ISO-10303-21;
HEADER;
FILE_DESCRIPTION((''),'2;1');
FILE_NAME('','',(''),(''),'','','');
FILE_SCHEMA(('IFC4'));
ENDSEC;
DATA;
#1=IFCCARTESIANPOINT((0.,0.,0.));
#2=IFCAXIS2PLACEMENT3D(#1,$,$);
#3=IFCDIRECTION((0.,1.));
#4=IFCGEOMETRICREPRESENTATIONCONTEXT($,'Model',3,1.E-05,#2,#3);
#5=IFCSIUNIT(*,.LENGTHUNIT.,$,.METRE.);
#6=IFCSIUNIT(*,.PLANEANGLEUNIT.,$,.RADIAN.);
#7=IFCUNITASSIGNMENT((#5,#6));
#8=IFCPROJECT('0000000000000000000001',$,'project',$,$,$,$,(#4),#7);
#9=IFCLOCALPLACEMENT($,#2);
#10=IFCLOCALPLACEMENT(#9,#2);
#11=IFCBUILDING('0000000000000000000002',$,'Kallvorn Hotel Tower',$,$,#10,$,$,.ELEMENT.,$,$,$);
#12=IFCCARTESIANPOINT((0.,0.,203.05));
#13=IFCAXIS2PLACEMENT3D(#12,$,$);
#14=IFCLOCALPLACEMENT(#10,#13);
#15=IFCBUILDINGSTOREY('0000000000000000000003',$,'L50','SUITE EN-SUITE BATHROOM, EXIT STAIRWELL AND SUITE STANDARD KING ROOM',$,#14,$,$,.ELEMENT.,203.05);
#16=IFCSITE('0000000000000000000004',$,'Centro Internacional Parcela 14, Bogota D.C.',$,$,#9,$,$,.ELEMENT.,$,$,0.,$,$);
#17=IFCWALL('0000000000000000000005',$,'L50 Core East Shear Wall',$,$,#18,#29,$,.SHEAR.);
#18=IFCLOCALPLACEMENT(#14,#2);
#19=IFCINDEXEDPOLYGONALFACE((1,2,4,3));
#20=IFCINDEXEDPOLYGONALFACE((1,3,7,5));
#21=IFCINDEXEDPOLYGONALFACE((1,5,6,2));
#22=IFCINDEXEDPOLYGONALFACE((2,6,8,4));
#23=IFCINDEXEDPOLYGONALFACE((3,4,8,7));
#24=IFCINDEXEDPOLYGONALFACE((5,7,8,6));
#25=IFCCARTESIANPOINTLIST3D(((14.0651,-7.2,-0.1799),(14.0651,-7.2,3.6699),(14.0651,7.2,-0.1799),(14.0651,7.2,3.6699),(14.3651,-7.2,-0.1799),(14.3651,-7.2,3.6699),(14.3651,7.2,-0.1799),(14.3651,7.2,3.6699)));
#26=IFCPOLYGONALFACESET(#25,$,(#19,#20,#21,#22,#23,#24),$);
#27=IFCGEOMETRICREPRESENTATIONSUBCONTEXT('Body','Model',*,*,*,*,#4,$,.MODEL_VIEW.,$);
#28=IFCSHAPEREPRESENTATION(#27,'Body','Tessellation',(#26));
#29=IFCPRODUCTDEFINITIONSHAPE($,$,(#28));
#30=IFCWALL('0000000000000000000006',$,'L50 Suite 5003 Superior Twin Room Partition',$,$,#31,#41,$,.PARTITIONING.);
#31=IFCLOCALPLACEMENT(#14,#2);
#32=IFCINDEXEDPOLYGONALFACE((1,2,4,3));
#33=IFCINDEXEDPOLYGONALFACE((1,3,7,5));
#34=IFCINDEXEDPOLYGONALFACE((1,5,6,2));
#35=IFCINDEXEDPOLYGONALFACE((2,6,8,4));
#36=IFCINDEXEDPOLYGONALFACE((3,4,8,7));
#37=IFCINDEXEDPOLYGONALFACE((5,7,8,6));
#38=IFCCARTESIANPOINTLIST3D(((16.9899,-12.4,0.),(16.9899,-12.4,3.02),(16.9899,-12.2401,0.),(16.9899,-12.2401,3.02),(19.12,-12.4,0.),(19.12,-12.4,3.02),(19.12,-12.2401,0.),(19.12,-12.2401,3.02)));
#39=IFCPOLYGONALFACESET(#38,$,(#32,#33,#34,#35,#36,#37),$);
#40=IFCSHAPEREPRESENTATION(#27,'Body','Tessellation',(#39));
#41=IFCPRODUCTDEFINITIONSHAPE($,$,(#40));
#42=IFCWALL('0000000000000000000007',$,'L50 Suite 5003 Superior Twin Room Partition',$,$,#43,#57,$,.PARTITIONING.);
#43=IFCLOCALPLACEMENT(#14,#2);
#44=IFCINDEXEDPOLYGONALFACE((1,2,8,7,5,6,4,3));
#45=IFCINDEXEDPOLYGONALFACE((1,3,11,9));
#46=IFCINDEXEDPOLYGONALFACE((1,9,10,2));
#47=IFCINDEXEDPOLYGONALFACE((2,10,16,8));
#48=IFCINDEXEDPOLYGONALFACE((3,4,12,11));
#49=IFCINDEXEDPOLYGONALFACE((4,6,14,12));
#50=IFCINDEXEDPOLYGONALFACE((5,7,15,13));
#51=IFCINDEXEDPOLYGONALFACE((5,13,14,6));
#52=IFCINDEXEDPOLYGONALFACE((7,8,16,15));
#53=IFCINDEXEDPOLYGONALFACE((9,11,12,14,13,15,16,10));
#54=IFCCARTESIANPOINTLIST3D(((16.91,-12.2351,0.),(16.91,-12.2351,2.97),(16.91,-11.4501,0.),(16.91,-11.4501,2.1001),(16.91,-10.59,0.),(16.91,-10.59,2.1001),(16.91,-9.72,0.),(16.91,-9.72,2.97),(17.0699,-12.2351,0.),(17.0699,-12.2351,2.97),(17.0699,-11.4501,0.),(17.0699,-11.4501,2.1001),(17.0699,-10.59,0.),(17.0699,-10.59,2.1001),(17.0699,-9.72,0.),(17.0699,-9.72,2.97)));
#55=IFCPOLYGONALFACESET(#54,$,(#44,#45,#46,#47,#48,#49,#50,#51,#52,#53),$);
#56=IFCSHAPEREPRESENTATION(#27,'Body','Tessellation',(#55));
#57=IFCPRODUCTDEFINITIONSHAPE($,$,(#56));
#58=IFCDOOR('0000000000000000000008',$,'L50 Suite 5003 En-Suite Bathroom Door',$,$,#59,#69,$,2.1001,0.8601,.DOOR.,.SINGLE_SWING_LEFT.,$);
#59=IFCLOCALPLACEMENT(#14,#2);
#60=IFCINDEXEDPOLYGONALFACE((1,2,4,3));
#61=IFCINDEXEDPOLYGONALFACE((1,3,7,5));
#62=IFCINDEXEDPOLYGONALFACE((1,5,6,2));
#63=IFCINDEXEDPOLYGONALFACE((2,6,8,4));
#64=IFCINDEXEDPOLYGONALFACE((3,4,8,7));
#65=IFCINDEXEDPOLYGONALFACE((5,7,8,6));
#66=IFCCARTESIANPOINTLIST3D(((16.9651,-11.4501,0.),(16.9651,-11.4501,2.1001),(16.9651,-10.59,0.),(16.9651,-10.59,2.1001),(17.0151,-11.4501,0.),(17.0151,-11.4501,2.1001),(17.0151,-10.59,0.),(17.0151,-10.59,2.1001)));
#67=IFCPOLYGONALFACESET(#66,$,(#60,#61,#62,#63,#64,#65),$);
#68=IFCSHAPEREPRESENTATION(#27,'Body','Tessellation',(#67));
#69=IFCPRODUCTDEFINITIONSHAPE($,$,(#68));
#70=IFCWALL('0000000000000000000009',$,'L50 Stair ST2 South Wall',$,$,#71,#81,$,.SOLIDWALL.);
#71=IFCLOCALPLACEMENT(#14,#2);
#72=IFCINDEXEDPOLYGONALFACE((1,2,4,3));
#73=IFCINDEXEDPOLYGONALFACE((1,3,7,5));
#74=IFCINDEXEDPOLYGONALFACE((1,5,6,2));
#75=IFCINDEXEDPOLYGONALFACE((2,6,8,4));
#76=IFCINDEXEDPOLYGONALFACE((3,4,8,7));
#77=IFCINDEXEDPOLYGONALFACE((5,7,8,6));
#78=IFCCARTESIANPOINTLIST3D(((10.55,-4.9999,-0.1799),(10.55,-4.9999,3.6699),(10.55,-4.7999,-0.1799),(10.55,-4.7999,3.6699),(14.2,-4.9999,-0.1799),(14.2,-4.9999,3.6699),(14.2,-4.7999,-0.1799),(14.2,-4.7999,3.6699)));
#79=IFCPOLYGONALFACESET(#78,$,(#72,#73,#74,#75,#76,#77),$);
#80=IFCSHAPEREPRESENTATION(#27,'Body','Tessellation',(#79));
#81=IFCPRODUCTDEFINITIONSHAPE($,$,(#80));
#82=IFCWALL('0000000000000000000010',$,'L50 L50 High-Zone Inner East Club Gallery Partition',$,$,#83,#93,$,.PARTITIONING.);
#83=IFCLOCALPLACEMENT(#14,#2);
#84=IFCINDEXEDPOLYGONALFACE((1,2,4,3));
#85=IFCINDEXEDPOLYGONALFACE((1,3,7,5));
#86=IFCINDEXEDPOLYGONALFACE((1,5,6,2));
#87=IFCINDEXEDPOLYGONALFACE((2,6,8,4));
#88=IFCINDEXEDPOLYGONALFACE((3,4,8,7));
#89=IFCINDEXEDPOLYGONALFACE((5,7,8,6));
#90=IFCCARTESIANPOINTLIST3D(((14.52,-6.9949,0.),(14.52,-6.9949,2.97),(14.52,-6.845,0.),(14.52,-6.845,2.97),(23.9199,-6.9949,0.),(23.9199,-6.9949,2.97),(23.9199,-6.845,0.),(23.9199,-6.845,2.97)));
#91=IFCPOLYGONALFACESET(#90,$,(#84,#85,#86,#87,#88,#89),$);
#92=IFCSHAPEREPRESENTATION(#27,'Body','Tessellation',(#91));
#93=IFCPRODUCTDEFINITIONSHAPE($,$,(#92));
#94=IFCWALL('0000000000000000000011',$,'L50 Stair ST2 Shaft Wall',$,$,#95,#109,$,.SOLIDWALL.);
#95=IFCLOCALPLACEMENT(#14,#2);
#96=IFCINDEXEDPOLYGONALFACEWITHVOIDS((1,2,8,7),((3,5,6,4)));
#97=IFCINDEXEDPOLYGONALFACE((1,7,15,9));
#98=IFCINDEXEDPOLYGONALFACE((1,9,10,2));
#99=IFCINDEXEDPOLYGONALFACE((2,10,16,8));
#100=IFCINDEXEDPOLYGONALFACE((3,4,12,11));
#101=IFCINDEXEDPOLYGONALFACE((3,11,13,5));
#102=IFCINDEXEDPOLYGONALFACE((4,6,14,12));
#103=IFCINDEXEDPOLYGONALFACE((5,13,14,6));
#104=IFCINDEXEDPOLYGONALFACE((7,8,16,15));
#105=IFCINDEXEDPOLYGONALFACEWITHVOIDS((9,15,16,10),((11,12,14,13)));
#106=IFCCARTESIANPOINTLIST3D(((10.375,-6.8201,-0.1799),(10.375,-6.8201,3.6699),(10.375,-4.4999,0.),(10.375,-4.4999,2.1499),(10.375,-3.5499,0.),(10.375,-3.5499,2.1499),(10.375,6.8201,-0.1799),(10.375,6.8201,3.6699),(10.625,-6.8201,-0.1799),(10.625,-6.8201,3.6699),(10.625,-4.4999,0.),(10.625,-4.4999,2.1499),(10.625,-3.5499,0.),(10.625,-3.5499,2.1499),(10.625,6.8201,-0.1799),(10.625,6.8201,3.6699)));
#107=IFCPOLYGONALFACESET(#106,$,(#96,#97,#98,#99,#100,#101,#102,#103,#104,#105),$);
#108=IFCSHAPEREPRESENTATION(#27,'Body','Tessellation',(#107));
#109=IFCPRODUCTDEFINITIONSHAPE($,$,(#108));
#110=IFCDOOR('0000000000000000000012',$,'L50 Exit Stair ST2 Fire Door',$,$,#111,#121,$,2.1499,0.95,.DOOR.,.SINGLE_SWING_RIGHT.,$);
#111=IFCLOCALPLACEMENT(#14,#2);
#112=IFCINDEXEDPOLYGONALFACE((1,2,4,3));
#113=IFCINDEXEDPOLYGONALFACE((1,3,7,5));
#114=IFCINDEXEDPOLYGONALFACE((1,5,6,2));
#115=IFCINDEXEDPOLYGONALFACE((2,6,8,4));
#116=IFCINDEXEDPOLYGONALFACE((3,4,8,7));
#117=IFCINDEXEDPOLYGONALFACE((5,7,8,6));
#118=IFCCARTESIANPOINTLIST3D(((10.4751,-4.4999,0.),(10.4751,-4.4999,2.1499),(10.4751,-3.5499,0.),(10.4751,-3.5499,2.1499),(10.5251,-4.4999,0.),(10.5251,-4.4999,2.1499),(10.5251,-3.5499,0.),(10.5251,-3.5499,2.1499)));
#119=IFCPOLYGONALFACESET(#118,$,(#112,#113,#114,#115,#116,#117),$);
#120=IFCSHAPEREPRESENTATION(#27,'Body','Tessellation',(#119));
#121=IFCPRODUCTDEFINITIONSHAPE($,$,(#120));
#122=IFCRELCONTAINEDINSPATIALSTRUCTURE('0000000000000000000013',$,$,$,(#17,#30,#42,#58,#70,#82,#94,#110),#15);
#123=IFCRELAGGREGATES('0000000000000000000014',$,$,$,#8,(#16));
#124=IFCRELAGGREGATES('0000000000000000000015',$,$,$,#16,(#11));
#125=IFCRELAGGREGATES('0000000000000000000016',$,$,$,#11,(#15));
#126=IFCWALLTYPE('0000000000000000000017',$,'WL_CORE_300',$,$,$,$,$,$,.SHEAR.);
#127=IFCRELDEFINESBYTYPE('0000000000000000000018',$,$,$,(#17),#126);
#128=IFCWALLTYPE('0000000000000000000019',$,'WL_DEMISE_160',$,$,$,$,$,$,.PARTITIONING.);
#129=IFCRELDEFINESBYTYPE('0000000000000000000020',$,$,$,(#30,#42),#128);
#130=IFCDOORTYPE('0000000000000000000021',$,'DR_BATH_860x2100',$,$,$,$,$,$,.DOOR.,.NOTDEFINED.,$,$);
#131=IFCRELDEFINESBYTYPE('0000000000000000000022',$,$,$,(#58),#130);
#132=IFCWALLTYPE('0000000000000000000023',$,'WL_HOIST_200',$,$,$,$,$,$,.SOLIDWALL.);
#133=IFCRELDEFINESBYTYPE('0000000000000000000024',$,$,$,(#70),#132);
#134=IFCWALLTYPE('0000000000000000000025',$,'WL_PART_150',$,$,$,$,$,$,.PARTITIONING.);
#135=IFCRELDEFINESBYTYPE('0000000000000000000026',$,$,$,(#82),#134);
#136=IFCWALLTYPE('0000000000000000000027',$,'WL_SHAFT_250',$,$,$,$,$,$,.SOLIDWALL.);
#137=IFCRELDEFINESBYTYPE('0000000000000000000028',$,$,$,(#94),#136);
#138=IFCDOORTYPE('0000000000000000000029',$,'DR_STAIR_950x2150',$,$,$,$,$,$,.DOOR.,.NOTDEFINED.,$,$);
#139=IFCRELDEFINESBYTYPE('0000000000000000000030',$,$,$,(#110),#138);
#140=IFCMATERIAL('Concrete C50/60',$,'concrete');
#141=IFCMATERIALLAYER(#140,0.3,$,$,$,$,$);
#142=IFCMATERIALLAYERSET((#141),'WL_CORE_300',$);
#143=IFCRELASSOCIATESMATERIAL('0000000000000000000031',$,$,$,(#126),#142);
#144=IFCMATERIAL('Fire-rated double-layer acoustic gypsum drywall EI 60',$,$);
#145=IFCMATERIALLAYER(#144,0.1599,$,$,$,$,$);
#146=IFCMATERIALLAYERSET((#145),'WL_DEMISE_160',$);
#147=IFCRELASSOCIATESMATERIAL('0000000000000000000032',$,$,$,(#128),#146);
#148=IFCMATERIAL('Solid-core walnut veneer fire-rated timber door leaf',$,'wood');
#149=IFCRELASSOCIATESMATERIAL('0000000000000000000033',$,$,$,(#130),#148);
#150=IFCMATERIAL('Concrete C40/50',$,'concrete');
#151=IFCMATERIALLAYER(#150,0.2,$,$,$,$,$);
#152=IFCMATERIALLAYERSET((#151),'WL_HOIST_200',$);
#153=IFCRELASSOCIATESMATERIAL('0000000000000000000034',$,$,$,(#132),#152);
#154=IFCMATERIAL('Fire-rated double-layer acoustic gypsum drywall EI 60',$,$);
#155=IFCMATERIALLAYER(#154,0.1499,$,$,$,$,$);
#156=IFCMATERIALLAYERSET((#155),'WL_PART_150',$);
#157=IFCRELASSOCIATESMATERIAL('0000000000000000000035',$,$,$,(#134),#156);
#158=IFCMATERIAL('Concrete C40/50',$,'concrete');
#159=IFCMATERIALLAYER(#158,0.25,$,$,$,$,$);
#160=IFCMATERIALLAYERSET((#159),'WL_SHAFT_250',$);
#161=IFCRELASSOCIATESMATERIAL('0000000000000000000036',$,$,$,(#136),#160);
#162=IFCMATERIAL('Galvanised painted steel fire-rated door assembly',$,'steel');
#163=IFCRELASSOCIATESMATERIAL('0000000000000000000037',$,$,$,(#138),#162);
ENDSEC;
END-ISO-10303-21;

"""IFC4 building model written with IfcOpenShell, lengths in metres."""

from ifc_helpers import new_model, si_unit, direction, frame, frame_2d, origin, place, context, subcontext, project, spatial, rectangle, extrude, material, layer, layer_set, type_object, element, fill, save


model = new_model("IFC4")

# Units and contexts
model_context = context("Model", 3, precision=1e-05, world=origin(), true_north=direction((0.0, 1.0)))
body_context = subcontext(model_context, "Body", "Model", "MODEL_VIEW")
ifc_project = project(units=[si_unit("LENGTHUNIT", "METRE"), si_unit("PLANEANGLEUNIT", "RADIAN")], contexts=[model_context])

# Site, building, storey
site_placement = place(None, origin())
site = spatial("IfcSite", under=ifc_project, at=site_placement, Name="Centro Internacional Parcela 14, Bogota D.C.", CompositionType="ELEMENT", RefElevation=0.0)
building_placement = place(site_placement, origin())
building = spatial("IfcBuilding", under=site, at=building_placement, Name="Kallvorn Hotel Tower", CompositionType="ELEMENT")
storey_placement = place(building_placement, frame((0.0, 0.0, 203.05)))
storey = spatial("IfcBuildingStorey", under=building, at=storey_placement, Name="L50", Description="SUITE EN-SUITE BATHROOM, EXIT STAIRWELL AND SUITE STANDARD KING ROOM", CompositionType="ELEMENT", Elevation=203.05)

# Walls
ifc_material_1 = material(Name="Concrete C50/60", Category="concrete")
ifc_layer_1 = layer(ifc_material_1, 0.3)
ifc_layer_set_1 = layer_set([ifc_layer_1], Name="WL_CORE_300")
wall_type_1 = type_object("IfcWallType", Name="WL_CORE_300", PredefinedType="SHEAR", material=ifc_layer_set_1)
wall_1_placement = place(storey_placement, frame((14.2151, -7.2, -0.1799), z_axis=(0.0, 0.0, 1.0), x_axis=(0.0, 1.0, 0.0)))
element("IfcWall", 1, at=wall_1_placement, inside=storey, type_object=wall_type_1, Name="L50 Core East Shear Wall", PredefinedType="SHEAR", context=body_context, shape_type="SweptSolid", body=[
    extrude(rectangle(XDim=14.3999, YDim=0.3, at=frame_2d((7.2, 0.0))), origin(), (0.0, 0.0, 1.0), 3.8499),
])
ifc_material_2 = material(Name="Fire-rated double-layer acoustic gypsum drywall EI 60")
ifc_layer_2 = layer(ifc_material_2, 0.1599)
ifc_layer_set_2 = layer_set([ifc_layer_2], Name="WL_DEMISE_160")
wall_type_2 = type_object("IfcWallType", Name="WL_DEMISE_160", PredefinedType="PARTITIONING", material=ifc_layer_set_2)
wall_2_placement = place(storey_placement, frame((16.99, -12.3201, 0.0), z_axis=(0.0, 0.0, 1.0), x_axis=(1.0, 0.0, 0.0)))
element("IfcWall", 2, at=wall_2_placement, inside=storey, type_object=wall_type_2, Name="L50 Suite 5003 Superior Twin Room Partition", PredefinedType="PARTITIONING", context=body_context, shape_type="SweptSolid", body=[
    extrude(rectangle(XDim=2.1301, YDim=0.1599, at=frame_2d((1.0649, 0.0))), origin(), (0.0, 0.0, 1.0), 3.02),
])

# Wall, opening, door
wall_3_placement = place(storey_placement, frame((16.99, -12.2351, 0.0), z_axis=(0.0, 0.0, 1.0), x_axis=(0.0, 1.0, 0.0)))
wall_3 = element("IfcWall", 3, at=wall_3_placement, inside=storey, type_object=wall_type_2, Name="L50 Suite 5003 Superior Twin Room Partition", PredefinedType="PARTITIONING", context=body_context, shape_type="SweptSolid", body=[
    extrude(rectangle(XDim=2.5151, YDim=0.1599, at=frame_2d((1.2576, 0.0))), origin(), (0.0, 0.0, 1.0), 2.97),
])
opening_1_placement = place(wall_3_placement, frame((0.7849, 0.0, 0.0)))
opening_1 = element("IfcOpeningElement", 4, at=opening_1_placement, cuts=wall_3, PredefinedType="OPENING", context=body_context, shape_type="SweptSolid", body=[
    extrude(rectangle(XDim=0.8601, YDim=2.1001, at=frame_2d((0.4302, 1.05))), frame((0.0, 0.095, 0.0), z_axis=(0.0, -1.0, 0.0), x_axis=(1.0, 0.0, 0.0)), (0.0, 0.0, 1.0), 0.1899),
])
ifc_material_3 = material(Name="Solid-core walnut veneer fire-rated timber door leaf", Category="wood")
door_type_1 = type_object("IfcDoorType", Name="DR_BATH_860x2100", OperationType="NOTDEFINED", PredefinedType="DOOR", material=ifc_material_3)
door_1_placement = place(opening_1_placement, origin())
door_1 = element("IfcDoor", 5, at=door_1_placement, inside=storey, type_object=door_type_1, Name="L50 Suite 5003 En-Suite Bathroom Door", OperationType="SINGLE_SWING_LEFT", OverallHeight=2.1001, OverallWidth=0.8601, PredefinedType="DOOR", context=body_context, shape_type="SweptSolid", body=[
    extrude(rectangle(XDim=0.8601, YDim=2.1001, at=frame_2d((0.4302, 1.05))), frame((0.0, 0.0249, 0.0), z_axis=(0.0, -1.0, 0.0), x_axis=(1.0, 0.0, 0.0)), (0.0, 0.0, 1.0), 0.05),
])
fill(opening_1, door_1)

# Walls
ifc_material_4 = material(Name="Concrete C40/50", Category="concrete")
ifc_layer_3 = layer(ifc_material_4, 0.2)
ifc_layer_set_3 = layer_set([ifc_layer_3], Name="WL_HOIST_200")
wall_type_3 = type_object("IfcWallType", Name="WL_HOIST_200", PredefinedType="SOLIDWALL", material=ifc_layer_set_3)
wall_4_placement = place(storey_placement, frame((10.55, -4.8999, -0.1799), z_axis=(0.0, 0.0, 1.0), x_axis=(1.0, 0.0, 0.0)))
element("IfcWall", 6, at=wall_4_placement, inside=storey, type_object=wall_type_3, Name="L50 Stair ST2 South Wall", PredefinedType="SOLIDWALL", context=body_context, shape_type="SweptSolid", body=[
    extrude(rectangle(XDim=3.6499, YDim=0.2, at=frame_2d((1.825, 0.0))), origin(), (0.0, 0.0, 1.0), 3.8499),
])
ifc_material_5 = material(Name="Fire-rated double-layer acoustic gypsum drywall EI 60")
ifc_layer_4 = layer(ifc_material_5, 0.1499)
ifc_layer_set_4 = layer_set([ifc_layer_4], Name="WL_PART_150")
wall_type_4 = type_object("IfcWallType", Name="WL_PART_150", PredefinedType="PARTITIONING", material=ifc_layer_set_4)
wall_5_placement = place(storey_placement, frame((14.52, -6.9199, 0.0), z_axis=(0.0, 0.0, 1.0), x_axis=(1.0, 0.0, 0.0)))
element("IfcWall", 7, at=wall_5_placement, inside=storey, type_object=wall_type_4, Name="L50 L50 High-Zone Inner East Club Gallery Partition", PredefinedType="PARTITIONING", context=body_context, shape_type="SweptSolid", body=[
    extrude(rectangle(XDim=9.3999, YDim=0.1499, at=frame_2d((4.7, 0.0))), origin(), (0.0, 0.0, 1.0), 2.97),
])

# Wall, opening, door
ifc_material_6 = material(Name="Concrete C40/50", Category="concrete")
ifc_layer_5 = layer(ifc_material_6, 0.25)
ifc_layer_set_5 = layer_set([ifc_layer_5], Name="WL_SHAFT_250")
wall_type_5 = type_object("IfcWallType", Name="WL_SHAFT_250", PredefinedType="SOLIDWALL", material=ifc_layer_set_5)
wall_6_placement = place(storey_placement, frame((10.5, -6.8201, -0.1799), z_axis=(0.0, 0.0, 1.0), x_axis=(0.0, 1.0, 0.0)))
wall_6 = element("IfcWall", 8, at=wall_6_placement, inside=storey, type_object=wall_type_5, Name="L50 Stair ST2 Shaft Wall", PredefinedType="SOLIDWALL", context=body_context, shape_type="SweptSolid", body=[
    extrude(rectangle(XDim=13.6401, YDim=0.25, at=frame_2d((6.8201, 0.0))), origin(), (0.0, 0.0, 1.0), 3.8499),
])
opening_2_placement = place(wall_6_placement, frame((2.3201, 0.0, 0.1799)))
opening_2 = element("IfcOpeningElement", 9, at=opening_2_placement, cuts=wall_6, PredefinedType="OPENING", context=body_context, shape_type="SweptSolid", body=[
    extrude(rectangle(XDim=0.95, YDim=2.1499, at=frame_2d((0.4751, 1.075))), frame((0.0, 0.1399, 0.0), z_axis=(0.0, -1.0, 0.0), x_axis=(1.0, 0.0, 0.0)), (0.0, 0.0, 1.0), 0.28),
])
ifc_material_7 = material(Name="Galvanised painted steel fire-rated door assembly", Category="steel")
door_type_2 = type_object("IfcDoorType", Name="DR_STAIR_950x2150", OperationType="NOTDEFINED", PredefinedType="DOOR", material=ifc_material_7)
door_2_placement = place(opening_2_placement, origin())
door_2 = element("IfcDoor", 10, at=door_2_placement, inside=storey, type_object=door_type_2, Name="L50 Exit Stair ST2 Fire Door", OperationType="SINGLE_SWING_RIGHT", OverallHeight=2.1499, OverallWidth=0.95, PredefinedType="DOOR", context=body_context, shape_type="SweptSolid", body=[
    extrude(rectangle(XDim=0.95, YDim=2.1499, at=frame_2d((0.4751, 1.075))), frame((0.0, 0.0249, 0.0), z_axis=(0.0, -1.0, 0.0), x_axis=(1.0, 0.0, 0.0)), (0.0, 0.0, 1.0), 0.05),
])
fill(opening_2, door_2)

save(model, "model.ifc")
